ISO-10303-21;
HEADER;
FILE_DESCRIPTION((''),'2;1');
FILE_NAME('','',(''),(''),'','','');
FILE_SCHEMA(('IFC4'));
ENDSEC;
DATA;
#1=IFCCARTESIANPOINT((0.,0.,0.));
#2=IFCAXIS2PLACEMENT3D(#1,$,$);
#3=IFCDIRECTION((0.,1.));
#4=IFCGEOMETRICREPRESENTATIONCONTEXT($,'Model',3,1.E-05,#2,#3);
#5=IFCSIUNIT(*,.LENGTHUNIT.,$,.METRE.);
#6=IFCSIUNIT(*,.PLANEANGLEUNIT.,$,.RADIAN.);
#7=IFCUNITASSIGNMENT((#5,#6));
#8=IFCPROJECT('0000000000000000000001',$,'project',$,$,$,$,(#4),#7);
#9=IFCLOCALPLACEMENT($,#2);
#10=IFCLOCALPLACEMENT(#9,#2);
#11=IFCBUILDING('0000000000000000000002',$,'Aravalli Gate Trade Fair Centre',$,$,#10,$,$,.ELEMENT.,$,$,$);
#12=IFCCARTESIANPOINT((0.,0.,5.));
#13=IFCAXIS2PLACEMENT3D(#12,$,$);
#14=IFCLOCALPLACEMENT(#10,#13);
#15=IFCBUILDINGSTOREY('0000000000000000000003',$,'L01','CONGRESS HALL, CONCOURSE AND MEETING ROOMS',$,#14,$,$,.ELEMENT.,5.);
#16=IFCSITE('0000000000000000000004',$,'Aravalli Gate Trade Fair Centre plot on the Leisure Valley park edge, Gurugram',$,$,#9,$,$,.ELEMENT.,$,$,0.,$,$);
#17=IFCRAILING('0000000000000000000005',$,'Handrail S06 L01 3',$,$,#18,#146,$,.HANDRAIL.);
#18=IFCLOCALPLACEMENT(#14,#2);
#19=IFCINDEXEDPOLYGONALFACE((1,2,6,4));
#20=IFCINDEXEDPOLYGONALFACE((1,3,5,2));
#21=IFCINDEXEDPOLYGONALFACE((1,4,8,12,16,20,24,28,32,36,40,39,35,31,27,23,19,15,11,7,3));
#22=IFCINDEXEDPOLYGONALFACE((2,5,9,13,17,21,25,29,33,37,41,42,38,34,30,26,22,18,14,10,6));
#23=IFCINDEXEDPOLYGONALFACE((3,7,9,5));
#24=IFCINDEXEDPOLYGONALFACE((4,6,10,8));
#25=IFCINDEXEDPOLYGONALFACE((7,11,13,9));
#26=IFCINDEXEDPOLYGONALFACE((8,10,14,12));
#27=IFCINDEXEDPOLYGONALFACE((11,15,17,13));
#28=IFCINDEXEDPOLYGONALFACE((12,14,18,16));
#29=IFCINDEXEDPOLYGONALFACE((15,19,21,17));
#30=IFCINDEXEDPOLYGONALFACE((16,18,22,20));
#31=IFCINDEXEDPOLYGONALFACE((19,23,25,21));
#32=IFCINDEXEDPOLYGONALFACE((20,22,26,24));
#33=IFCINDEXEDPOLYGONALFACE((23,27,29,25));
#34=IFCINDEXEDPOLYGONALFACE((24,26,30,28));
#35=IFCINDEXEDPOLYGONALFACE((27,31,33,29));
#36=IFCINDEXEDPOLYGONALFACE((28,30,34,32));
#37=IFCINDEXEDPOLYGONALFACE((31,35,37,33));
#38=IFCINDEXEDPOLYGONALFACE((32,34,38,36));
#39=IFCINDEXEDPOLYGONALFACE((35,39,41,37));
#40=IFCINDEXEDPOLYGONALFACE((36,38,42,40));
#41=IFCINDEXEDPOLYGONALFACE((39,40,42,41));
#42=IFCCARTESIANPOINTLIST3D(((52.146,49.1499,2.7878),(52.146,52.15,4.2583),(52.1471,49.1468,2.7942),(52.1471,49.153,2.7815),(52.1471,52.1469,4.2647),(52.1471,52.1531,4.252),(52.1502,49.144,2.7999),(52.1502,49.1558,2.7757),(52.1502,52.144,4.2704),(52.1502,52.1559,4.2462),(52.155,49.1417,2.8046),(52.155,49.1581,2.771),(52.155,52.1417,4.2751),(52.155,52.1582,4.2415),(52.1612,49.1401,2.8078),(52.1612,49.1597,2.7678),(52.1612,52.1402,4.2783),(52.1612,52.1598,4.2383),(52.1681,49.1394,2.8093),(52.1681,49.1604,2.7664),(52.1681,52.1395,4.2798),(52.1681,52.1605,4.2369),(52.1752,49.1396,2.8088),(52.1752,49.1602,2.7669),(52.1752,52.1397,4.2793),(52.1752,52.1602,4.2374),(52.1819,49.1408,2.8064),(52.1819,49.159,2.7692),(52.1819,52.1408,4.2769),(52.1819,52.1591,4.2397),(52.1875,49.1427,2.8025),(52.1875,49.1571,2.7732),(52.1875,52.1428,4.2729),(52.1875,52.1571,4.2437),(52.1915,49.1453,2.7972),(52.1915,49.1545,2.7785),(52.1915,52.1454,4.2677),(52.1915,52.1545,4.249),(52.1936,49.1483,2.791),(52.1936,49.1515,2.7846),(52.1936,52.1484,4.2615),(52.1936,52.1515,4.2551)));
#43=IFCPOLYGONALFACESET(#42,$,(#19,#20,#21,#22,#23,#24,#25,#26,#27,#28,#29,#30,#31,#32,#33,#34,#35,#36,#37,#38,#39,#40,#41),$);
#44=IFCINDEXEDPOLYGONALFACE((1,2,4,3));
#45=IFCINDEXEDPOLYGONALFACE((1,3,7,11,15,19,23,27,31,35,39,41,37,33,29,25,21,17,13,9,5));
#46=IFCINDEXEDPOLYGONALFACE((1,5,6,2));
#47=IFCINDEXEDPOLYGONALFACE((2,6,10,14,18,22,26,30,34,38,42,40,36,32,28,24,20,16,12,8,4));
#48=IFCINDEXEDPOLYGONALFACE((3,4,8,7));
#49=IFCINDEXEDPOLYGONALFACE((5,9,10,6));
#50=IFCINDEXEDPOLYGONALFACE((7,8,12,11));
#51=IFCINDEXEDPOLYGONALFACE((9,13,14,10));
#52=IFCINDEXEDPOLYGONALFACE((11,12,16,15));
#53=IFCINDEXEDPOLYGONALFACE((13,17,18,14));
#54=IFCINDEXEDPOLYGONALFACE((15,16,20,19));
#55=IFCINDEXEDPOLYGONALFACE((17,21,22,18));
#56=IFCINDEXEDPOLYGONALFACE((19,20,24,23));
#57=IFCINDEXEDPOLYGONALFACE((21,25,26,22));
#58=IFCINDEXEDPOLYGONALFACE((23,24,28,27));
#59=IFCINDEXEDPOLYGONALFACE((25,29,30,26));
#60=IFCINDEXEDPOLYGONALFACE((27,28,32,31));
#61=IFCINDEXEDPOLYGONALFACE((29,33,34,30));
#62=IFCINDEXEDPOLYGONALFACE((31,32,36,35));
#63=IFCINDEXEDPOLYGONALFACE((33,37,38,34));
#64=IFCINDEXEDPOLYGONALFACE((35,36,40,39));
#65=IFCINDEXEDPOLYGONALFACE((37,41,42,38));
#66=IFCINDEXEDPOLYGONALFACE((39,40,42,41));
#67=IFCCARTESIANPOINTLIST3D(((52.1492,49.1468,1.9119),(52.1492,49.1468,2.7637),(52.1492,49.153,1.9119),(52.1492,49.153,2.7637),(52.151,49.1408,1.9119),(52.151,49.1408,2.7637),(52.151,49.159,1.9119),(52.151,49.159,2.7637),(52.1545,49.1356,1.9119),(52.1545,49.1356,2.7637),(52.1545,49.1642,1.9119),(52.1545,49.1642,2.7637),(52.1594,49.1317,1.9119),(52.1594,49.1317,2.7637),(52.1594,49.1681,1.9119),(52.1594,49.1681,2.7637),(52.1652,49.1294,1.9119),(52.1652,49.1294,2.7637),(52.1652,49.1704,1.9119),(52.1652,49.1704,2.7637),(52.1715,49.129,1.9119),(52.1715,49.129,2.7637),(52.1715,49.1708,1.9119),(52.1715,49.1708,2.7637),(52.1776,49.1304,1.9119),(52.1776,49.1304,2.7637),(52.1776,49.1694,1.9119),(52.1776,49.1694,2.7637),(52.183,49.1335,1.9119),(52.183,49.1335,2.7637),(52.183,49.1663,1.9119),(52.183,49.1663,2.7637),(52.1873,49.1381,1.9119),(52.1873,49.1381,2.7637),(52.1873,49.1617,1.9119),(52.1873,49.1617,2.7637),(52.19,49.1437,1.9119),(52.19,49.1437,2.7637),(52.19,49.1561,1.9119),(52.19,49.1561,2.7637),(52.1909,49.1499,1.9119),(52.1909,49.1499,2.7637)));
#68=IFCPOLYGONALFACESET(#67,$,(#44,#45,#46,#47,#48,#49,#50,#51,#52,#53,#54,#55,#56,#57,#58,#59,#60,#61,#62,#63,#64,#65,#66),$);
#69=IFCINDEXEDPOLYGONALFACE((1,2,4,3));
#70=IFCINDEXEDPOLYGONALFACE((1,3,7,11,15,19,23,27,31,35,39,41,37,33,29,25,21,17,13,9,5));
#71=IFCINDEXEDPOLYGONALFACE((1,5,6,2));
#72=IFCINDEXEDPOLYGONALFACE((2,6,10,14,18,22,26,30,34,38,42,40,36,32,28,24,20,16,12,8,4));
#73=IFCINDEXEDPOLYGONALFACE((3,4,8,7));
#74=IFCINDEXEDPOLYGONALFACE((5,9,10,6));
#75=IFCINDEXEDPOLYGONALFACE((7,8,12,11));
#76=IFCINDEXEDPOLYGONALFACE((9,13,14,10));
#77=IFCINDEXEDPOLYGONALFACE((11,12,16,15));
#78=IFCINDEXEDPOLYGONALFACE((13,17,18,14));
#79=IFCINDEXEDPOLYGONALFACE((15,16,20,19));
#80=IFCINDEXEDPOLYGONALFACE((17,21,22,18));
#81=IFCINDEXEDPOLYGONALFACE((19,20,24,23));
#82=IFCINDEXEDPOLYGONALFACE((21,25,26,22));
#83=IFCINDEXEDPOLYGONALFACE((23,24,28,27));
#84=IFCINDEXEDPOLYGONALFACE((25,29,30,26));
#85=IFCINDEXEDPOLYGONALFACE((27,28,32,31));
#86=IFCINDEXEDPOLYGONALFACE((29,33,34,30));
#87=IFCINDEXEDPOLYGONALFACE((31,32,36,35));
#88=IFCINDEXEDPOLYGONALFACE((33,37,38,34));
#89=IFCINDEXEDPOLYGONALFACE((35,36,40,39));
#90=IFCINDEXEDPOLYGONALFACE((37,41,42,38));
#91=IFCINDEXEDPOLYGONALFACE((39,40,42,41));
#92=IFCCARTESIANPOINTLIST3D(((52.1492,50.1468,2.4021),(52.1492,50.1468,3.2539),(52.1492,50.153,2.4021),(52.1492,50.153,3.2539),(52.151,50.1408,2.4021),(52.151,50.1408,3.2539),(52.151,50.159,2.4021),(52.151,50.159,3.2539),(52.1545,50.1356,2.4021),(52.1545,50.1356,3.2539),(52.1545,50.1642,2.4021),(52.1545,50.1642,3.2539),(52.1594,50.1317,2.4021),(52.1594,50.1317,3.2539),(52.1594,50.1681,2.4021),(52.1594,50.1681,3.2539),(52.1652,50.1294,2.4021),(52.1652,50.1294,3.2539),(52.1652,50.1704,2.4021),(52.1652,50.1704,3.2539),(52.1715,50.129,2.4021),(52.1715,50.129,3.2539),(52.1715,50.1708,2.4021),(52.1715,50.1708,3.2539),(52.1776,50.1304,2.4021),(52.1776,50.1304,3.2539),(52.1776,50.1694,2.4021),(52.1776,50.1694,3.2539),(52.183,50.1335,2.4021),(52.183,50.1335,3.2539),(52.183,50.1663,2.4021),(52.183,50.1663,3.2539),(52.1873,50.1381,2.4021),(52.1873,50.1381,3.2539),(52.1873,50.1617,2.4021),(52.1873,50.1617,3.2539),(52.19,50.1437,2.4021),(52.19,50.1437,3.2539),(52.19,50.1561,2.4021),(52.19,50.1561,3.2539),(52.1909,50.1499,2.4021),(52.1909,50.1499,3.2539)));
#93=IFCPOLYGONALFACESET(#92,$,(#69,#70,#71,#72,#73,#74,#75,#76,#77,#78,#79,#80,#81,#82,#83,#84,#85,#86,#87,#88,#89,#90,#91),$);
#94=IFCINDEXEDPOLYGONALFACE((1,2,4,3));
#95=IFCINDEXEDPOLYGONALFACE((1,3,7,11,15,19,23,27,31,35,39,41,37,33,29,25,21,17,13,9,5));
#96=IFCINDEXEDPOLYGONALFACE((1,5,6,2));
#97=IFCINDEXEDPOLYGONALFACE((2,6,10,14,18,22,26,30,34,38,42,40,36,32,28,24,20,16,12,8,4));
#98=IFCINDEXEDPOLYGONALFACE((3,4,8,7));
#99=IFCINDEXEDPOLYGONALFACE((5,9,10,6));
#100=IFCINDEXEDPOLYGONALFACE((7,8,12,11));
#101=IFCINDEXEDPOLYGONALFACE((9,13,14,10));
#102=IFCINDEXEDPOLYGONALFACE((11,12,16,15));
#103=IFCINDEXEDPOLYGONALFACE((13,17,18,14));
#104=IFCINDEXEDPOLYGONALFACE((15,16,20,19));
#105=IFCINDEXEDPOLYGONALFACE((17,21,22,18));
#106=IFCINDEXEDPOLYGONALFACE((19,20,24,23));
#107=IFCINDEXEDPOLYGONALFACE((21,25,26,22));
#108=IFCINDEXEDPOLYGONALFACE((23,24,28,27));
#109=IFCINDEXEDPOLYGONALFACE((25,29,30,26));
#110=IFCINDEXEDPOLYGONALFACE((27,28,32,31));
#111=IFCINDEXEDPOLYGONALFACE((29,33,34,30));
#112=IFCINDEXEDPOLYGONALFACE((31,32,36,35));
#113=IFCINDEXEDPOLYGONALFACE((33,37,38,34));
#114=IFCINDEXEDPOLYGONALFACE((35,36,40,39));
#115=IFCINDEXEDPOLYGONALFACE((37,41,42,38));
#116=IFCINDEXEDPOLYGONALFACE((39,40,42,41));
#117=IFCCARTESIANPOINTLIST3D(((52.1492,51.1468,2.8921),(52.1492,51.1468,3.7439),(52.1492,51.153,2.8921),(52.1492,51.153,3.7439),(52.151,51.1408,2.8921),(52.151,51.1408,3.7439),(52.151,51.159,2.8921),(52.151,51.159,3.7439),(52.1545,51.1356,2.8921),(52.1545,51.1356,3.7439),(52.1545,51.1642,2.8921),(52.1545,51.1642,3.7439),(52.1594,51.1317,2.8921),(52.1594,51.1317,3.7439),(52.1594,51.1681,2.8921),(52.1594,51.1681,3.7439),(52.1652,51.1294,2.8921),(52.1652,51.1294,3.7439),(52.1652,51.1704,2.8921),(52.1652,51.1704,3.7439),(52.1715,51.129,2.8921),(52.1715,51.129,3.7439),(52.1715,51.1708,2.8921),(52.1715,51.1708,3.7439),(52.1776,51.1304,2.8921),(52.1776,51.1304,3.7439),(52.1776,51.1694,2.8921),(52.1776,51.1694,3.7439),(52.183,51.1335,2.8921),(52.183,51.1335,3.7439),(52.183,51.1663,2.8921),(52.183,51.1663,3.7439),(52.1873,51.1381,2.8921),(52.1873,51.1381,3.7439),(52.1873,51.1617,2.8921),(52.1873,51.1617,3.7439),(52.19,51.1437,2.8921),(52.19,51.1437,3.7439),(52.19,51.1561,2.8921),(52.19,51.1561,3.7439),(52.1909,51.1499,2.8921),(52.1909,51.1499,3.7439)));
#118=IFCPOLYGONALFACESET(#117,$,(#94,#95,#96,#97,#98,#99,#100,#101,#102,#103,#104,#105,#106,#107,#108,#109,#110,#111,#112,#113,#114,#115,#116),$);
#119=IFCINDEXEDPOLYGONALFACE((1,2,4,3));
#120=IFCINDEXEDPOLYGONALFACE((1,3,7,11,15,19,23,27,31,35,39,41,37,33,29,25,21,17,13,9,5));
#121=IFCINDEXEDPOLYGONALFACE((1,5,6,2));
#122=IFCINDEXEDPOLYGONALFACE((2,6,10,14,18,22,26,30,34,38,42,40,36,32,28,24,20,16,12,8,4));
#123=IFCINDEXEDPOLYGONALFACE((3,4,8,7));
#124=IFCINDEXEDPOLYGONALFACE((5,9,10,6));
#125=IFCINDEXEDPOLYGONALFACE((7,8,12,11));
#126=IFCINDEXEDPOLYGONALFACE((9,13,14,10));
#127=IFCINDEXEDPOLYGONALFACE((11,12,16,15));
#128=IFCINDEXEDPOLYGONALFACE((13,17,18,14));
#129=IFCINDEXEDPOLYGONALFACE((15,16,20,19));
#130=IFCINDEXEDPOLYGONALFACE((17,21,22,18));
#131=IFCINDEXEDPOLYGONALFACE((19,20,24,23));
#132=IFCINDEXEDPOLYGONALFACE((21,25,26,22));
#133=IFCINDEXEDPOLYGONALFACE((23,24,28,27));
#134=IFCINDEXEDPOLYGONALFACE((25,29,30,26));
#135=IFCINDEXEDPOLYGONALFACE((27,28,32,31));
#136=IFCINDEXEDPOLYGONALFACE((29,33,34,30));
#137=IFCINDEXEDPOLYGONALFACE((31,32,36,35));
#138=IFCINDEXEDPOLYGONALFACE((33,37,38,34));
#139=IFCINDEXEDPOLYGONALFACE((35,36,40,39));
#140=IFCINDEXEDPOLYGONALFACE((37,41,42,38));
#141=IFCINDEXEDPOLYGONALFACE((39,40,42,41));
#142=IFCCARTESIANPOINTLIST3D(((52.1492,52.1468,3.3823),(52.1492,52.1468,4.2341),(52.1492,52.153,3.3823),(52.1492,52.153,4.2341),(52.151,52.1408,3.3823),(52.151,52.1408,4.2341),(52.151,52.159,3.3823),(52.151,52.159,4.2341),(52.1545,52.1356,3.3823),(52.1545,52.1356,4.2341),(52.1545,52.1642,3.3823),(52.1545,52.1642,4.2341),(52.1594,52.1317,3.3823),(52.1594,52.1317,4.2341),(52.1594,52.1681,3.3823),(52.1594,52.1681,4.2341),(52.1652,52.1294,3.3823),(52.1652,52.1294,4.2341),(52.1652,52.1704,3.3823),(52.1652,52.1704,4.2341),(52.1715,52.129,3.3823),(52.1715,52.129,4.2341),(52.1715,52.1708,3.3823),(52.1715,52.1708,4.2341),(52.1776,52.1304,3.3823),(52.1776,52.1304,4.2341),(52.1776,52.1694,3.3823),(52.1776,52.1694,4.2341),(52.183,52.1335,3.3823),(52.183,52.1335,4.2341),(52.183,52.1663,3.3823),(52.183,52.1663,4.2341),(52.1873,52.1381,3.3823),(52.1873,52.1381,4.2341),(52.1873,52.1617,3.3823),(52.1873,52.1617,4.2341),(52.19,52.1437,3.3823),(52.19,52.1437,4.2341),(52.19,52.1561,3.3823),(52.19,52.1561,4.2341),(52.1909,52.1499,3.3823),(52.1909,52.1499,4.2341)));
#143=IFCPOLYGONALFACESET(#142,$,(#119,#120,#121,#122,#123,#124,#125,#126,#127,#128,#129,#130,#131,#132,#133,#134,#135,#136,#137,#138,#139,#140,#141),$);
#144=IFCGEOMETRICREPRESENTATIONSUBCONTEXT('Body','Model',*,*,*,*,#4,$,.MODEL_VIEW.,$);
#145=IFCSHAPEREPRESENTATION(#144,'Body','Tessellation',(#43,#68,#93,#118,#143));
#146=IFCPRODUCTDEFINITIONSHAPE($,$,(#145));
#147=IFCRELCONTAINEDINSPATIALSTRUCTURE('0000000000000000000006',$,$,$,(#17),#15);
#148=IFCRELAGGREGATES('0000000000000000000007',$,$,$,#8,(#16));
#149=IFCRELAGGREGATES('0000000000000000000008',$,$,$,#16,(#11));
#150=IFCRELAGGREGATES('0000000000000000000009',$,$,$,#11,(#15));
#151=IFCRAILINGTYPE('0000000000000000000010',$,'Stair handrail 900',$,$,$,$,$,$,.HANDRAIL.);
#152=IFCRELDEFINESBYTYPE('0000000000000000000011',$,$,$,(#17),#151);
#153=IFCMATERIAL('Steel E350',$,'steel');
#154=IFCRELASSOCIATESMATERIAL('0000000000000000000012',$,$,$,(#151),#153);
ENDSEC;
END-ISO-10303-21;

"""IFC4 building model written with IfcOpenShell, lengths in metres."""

from ifc_helpers import new_model, si_unit, direction, frame, origin, origin_2d, place, context, subcontext, project, spatial, circle, extrude, material, type_object, element, save


model = new_model("IFC4")

# Units and contexts
model_context = context("Model", 3, precision=1e-05, world=origin(), true_north=direction((0.0, 1.0)))
body_context = subcontext(model_context, "Body", "Model", "MODEL_VIEW")
ifc_project = project(units=[si_unit("LENGTHUNIT", "METRE"), si_unit("PLANEANGLEUNIT", "RADIAN")], contexts=[model_context])

# Site, building, storey
site_placement = place(None, origin())
site = spatial("IfcSite", under=ifc_project, at=site_placement, Name="Aravalli Gate Trade Fair Centre plot on the Leisure Valley park edge, Gurugram", CompositionType="ELEMENT", RefElevation=0.0)
building_placement = place(site_placement, origin())
building = spatial("IfcBuilding", under=site, at=building_placement, Name="Aravalli Gate Trade Fair Centre", CompositionType="ELEMENT")
storey_placement = place(building_placement, frame((0.0, 0.0, 5.0)))
storey = spatial("IfcBuildingStorey", under=building, at=storey_placement, Name="L01", Description="CONGRESS HALL, CONCOURSE AND MEETING ROOMS", CompositionType="ELEMENT", Elevation=5.0)

# Railing
ifc_material_1 = material(Name="Steel E350", Category="steel")
railing_type_1 = type_object("IfcRailingType", Name="Stair handrail 900", PredefinedType="HANDRAIL", material=ifc_material_1)
for number, where, name in (
    (1, (52.1699, 49.1499, 1.9119), "Handrail S06 L01 3"),
):
    element("IfcRailing", number, at=place(storey_placement, frame(where)), inside=storey, type_object=railing_type_1, Name=name, PredefinedType="HANDRAIL", context=body_context, shape_type="SweptSolid", body=[
        extrude(circle(Radius=0.0239, at=origin_2d()), frame((0.0, 0.0, 0.876), z_axis=(0.0, 0.897936, 0.440126), x_axis=(-1.0, 0.0, 0.0)), (0.0, 0.0, 1.0), 3.3411),
        extrude(circle(Radius=0.021, at=origin_2d()), origin(), (0.0, 0.0, 1.0), 0.8518),
        extrude(circle(Radius=0.021, at=origin_2d()), frame((0.0, 1.0, 0.4902)), (0.0, 0.0, 1.0), 0.8518),
        extrude(circle(Radius=0.021, at=origin_2d()), frame((0.0, 2.0, 0.9802)), (0.0, 0.0, 1.0), 0.8518),
        extrude(circle(Radius=0.021, at=origin_2d()), frame((0.0, 3.0, 1.4705)), (0.0, 0.0, 1.0), 0.8518),
    ])

save(model, "model.ifc")
